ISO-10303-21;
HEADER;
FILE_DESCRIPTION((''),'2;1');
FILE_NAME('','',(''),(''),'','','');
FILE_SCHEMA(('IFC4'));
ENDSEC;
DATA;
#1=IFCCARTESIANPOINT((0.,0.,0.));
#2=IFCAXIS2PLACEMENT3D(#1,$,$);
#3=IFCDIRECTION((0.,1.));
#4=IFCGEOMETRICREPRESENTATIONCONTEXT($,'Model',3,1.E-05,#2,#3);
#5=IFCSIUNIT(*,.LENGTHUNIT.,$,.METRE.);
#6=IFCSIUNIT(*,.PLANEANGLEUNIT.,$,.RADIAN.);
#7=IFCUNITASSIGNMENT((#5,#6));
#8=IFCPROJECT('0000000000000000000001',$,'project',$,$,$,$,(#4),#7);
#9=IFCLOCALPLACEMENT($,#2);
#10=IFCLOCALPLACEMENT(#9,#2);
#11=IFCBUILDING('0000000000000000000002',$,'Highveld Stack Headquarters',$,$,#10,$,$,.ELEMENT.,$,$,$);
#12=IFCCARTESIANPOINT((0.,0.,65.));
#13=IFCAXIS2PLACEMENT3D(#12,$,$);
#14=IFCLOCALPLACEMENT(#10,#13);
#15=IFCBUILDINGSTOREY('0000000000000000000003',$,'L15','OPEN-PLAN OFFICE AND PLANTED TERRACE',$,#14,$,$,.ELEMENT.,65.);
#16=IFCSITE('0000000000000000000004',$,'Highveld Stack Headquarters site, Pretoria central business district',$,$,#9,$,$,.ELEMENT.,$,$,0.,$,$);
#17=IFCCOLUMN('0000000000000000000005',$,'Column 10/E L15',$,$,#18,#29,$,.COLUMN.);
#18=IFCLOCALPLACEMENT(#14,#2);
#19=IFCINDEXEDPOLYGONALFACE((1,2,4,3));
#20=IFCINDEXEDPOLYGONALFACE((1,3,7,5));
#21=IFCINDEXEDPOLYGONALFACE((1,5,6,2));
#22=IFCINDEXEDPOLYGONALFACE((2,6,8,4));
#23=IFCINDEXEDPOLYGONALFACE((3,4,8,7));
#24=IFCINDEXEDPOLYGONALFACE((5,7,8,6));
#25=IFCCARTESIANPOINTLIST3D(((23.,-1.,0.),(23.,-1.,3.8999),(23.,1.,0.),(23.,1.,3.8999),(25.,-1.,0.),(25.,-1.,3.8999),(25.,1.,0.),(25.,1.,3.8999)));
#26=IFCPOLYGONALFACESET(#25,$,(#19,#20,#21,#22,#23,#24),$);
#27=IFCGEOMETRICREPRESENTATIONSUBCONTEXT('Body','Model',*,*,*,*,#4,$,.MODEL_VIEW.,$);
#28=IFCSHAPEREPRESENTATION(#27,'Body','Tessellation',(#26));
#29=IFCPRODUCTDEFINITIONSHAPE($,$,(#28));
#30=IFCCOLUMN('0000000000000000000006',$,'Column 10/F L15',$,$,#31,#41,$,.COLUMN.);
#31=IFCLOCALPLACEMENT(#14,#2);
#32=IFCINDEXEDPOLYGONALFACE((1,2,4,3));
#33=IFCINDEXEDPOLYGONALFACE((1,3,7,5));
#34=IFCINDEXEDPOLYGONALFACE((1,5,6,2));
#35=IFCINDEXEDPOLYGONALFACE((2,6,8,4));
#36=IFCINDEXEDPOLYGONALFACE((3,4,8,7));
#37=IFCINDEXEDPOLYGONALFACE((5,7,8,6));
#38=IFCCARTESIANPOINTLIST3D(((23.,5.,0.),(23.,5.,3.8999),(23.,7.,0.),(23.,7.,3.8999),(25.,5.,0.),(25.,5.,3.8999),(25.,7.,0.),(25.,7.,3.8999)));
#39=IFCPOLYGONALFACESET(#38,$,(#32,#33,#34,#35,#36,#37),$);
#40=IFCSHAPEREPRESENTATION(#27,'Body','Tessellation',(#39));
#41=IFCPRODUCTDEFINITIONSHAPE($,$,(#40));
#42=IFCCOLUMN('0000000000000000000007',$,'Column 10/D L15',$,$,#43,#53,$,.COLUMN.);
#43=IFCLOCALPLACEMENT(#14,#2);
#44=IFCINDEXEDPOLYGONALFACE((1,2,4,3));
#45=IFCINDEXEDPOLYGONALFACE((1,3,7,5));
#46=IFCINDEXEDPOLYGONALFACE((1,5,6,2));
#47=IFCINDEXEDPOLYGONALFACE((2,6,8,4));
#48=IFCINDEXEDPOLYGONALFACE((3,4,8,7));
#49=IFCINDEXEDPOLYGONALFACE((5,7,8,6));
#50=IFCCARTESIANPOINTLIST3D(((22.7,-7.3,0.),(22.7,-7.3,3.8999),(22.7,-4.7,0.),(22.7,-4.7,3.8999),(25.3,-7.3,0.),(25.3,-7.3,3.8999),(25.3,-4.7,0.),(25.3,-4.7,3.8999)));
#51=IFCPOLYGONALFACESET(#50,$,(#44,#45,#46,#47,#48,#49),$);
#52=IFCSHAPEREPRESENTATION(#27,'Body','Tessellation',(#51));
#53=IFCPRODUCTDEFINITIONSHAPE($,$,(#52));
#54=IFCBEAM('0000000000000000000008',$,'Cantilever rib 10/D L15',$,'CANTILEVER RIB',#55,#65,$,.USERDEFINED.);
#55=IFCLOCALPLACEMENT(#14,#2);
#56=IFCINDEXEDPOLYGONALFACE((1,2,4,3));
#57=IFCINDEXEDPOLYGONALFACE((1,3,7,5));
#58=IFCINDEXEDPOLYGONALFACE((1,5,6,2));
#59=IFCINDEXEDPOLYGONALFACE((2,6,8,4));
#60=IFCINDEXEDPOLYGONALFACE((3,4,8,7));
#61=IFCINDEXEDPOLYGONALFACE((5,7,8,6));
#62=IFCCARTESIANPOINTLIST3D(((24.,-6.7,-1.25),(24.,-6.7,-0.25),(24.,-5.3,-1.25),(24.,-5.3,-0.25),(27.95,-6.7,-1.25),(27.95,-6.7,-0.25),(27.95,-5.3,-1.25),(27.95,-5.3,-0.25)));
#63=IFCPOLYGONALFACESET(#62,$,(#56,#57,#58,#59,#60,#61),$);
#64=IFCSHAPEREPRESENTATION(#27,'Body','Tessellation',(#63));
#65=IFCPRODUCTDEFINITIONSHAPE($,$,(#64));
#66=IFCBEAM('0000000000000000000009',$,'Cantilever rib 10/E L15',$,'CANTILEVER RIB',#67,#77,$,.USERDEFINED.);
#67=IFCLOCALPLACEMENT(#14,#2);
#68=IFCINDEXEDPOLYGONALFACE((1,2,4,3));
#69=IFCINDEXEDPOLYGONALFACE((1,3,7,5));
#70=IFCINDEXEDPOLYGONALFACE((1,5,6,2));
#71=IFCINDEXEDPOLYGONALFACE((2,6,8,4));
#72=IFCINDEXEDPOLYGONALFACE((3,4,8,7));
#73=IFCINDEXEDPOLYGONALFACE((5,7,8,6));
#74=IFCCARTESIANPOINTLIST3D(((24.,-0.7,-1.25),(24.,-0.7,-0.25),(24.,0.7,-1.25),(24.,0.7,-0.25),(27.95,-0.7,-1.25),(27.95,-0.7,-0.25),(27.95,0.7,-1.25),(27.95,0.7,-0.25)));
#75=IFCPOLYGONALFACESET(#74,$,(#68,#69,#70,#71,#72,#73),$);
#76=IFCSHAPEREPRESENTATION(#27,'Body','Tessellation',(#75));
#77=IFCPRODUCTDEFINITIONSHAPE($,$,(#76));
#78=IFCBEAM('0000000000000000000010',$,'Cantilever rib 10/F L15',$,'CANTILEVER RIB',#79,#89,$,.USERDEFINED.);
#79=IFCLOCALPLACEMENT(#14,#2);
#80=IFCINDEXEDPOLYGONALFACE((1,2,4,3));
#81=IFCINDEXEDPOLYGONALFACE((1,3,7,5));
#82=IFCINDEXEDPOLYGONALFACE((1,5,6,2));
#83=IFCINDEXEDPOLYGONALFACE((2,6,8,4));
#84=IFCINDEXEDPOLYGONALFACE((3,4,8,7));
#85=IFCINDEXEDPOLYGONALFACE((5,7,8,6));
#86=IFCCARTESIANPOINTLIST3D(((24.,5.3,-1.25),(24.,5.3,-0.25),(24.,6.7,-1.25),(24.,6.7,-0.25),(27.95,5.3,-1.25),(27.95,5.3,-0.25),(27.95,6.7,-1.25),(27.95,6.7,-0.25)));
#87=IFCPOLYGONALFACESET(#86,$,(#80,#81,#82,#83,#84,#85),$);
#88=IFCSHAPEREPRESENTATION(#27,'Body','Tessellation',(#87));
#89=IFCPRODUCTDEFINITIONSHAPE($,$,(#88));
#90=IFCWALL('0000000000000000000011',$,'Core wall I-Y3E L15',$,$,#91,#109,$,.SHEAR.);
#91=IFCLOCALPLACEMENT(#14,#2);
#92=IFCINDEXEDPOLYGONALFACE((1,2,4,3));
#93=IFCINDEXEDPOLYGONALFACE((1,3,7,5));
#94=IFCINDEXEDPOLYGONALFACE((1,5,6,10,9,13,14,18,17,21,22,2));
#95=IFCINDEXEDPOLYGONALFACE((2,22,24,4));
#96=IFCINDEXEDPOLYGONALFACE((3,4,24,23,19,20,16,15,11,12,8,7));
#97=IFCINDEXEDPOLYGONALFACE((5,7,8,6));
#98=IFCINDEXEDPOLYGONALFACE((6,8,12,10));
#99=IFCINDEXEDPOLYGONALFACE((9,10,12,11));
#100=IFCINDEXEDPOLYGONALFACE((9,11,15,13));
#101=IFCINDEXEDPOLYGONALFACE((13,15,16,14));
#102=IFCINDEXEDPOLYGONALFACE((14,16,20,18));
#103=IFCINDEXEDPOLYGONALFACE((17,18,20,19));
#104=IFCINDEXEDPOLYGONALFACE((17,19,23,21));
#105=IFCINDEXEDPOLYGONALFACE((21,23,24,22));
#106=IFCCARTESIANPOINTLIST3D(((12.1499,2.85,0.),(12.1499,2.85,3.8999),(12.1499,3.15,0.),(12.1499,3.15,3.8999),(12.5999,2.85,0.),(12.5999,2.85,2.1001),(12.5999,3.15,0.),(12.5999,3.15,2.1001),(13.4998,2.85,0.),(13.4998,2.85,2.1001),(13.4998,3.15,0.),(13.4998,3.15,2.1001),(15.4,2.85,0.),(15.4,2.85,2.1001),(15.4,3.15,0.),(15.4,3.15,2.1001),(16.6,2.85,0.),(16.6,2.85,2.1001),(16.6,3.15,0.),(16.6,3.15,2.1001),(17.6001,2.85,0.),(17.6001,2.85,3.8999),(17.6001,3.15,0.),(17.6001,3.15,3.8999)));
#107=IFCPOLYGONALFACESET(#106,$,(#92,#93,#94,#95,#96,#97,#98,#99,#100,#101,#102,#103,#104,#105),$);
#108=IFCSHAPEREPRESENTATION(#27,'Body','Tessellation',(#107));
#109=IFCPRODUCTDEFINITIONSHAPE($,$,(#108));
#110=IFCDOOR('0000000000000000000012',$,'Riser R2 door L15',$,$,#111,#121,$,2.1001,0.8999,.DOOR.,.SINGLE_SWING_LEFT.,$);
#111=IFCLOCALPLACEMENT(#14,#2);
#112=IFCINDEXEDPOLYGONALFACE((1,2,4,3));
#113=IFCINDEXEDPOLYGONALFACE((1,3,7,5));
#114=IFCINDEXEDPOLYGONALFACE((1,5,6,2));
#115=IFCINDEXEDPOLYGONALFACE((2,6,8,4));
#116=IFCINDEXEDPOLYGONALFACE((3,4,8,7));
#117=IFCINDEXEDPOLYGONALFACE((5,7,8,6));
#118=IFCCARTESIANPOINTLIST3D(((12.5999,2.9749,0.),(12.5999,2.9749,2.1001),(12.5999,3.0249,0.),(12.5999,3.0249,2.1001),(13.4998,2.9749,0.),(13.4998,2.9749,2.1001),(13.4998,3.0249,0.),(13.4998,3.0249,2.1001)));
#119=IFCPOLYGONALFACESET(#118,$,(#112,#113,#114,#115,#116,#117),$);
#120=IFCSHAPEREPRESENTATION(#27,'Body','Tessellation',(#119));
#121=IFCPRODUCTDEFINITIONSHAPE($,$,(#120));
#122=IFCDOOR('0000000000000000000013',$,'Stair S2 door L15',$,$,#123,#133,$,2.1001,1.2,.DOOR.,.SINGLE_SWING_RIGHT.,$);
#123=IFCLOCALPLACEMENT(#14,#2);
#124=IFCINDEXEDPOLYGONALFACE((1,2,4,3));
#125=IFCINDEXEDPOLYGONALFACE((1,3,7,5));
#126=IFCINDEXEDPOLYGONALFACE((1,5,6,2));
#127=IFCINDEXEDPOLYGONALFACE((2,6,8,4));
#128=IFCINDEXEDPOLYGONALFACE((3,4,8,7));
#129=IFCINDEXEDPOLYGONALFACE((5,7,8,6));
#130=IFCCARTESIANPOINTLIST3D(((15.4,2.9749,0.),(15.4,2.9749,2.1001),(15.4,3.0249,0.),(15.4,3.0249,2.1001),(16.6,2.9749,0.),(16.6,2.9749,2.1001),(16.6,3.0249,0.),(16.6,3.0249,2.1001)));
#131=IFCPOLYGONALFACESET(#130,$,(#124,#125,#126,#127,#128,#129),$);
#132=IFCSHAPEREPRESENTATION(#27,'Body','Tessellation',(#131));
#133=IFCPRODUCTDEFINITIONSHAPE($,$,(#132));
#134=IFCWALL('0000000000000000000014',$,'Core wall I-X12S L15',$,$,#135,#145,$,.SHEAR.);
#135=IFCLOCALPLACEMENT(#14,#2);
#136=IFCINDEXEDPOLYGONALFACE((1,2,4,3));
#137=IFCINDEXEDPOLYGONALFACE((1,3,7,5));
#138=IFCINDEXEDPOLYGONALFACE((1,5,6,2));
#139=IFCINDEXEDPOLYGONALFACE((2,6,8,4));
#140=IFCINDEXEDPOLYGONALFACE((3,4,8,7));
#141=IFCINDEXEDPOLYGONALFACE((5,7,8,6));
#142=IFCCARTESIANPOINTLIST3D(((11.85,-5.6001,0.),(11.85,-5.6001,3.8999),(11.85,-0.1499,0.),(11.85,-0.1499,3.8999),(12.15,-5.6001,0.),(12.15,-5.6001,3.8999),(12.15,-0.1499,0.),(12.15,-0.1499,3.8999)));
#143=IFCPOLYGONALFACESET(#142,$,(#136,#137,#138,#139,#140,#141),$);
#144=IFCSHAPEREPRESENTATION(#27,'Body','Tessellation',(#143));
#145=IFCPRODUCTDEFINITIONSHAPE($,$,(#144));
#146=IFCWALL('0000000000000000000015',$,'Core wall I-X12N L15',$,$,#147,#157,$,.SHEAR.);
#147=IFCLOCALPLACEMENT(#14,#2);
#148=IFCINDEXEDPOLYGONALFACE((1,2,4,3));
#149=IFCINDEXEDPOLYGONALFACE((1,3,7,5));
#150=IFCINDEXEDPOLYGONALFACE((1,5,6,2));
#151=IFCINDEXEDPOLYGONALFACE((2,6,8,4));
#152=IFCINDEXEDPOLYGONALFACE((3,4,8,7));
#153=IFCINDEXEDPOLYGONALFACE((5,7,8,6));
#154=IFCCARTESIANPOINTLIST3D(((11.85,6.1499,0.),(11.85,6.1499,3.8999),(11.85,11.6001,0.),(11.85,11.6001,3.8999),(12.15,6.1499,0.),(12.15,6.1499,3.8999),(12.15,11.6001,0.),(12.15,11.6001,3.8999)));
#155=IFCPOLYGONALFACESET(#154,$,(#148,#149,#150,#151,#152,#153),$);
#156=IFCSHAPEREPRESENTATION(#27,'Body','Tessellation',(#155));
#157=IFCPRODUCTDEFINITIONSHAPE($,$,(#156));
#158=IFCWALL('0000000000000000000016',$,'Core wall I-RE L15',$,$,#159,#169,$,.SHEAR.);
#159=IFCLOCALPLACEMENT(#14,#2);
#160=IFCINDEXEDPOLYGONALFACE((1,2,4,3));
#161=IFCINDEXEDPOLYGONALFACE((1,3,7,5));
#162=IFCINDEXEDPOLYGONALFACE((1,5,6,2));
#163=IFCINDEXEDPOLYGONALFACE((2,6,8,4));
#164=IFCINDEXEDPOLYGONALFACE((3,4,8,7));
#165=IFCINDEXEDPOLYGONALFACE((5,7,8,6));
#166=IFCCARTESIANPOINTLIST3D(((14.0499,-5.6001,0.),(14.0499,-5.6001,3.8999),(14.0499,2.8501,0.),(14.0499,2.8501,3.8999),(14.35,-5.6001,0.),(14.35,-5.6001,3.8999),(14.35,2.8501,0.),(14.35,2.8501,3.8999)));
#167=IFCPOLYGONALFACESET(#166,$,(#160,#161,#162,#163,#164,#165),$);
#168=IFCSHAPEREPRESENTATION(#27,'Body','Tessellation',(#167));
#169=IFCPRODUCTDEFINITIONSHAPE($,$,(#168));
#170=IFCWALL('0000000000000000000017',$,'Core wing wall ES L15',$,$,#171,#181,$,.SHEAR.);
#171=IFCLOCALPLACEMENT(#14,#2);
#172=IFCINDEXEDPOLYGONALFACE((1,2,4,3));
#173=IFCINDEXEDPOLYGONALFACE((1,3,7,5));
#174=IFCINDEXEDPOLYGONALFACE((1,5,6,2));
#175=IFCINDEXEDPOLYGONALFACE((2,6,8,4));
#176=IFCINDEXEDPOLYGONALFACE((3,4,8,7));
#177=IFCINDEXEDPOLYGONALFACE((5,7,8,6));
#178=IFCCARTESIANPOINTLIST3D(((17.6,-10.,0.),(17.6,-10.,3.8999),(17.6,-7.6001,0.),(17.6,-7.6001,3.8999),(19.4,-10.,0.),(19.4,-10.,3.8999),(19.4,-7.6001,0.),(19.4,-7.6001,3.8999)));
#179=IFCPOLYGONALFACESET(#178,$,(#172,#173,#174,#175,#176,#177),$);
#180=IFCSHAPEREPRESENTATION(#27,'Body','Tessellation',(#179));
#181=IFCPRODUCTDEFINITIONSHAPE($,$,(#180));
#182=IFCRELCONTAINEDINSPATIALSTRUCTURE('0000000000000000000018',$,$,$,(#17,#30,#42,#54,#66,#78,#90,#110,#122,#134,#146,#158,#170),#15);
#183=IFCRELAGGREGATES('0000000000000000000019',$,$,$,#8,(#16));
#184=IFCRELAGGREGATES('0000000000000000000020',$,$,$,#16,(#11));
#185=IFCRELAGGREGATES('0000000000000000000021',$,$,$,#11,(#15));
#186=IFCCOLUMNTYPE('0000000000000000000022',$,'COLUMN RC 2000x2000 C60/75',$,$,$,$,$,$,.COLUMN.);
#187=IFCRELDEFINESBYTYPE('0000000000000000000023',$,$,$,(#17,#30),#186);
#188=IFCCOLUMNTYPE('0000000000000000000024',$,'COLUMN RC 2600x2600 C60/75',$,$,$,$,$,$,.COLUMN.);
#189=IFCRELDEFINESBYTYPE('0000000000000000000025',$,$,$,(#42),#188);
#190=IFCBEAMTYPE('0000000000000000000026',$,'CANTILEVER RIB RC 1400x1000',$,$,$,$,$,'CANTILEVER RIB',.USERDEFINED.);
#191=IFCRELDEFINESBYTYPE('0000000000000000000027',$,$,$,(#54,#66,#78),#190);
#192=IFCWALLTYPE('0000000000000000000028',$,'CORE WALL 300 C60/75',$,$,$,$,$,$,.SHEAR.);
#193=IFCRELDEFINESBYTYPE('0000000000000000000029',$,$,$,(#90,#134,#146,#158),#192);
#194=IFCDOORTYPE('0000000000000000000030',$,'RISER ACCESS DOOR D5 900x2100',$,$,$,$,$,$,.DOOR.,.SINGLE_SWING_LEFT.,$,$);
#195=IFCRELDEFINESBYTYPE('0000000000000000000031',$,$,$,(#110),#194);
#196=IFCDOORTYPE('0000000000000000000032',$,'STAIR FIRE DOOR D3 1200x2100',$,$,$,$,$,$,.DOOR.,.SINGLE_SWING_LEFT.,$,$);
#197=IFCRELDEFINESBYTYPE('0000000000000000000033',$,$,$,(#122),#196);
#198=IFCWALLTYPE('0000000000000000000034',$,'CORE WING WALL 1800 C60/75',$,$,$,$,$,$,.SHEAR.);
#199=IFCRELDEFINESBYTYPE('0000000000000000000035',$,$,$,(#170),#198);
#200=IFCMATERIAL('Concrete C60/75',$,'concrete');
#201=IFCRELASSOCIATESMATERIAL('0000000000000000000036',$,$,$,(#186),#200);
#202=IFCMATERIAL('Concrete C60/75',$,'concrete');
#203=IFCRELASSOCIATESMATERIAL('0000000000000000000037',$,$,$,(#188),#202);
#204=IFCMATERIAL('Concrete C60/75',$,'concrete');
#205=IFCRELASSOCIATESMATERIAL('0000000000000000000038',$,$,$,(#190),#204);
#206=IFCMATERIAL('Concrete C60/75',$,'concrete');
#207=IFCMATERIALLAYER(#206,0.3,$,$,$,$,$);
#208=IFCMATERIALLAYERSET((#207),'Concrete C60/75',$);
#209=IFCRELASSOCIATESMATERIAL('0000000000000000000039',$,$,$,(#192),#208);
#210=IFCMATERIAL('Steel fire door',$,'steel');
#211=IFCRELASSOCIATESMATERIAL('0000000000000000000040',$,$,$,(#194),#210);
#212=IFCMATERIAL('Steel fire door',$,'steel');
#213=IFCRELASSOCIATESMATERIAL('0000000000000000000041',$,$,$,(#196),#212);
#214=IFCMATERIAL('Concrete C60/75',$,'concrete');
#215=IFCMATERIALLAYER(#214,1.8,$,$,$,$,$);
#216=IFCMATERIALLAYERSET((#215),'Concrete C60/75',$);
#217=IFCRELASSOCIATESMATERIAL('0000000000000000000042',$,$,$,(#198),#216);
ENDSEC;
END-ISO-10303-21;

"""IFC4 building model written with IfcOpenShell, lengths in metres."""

from ifc_helpers import new_model, si_unit, direction, frame, frame_2d, origin, origin_2d, place, context, subcontext, project, spatial, rectangle, extrude, material, layer, layer_set, material_profile, profile_set, type_object, element, fill, save


model = new_model("IFC4")

# Units and contexts
model_context = context("Model", 3, precision=1e-05, world=origin(), true_north=direction((0.0, 1.0)))
body_context = subcontext(model_context, "Body", "Model", "MODEL_VIEW")
ifc_project = project(units=[si_unit("LENGTHUNIT", "METRE"), si_unit("PLANEANGLEUNIT", "RADIAN")], contexts=[model_context])

# Site, building, storey
site_placement = place(None, origin())
site = spatial("IfcSite", under=ifc_project, at=site_placement, Name="Highveld Stack Headquarters site, Pretoria central business district", CompositionType="ELEMENT", RefElevation=0.0)
building_placement = place(site_placement, origin())
building = spatial("IfcBuilding", under=site, at=building_placement, Name="Highveld Stack Headquarters", CompositionType="ELEMENT")
storey_placement = place(building_placement, frame((0.0, 0.0, 65.0)))
storey = spatial("IfcBuildingStorey", under=building, at=storey_placement, Name="L15", Description="OPEN-PLAN OFFICE AND PLANTED TERRACE", CompositionType="ELEMENT", Elevation=65.0)

# Columns
ifc_material_1 = material(Name="Concrete C60/75", Category="concrete")
ifc_material_profile_1 = material_profile(ifc_material_1, rectangle(XDim=2.0, YDim=2.0, at=origin_2d()), Name="RC 2000x2000")
ifc_profile_set_1 = profile_set([ifc_material_profile_1], Name="Concrete C60/75")
column_type_1 = type_object("IfcColumnType", Name="COLUMN RC 2000x2000 C60/75", PredefinedType="COLUMN", material=ifc_profile_set_1)
for number, where, z_axis, x_axis, name in (
    (1, (24.0, 0.0, 0.0), (0.0, 0.0, 1.0), (1.0, 0.0, 0.0), "Column 10/E L15"),
    (2, (24.0, 6.0, 0.0), (0.0, 0.0, 1.0), (1.0, 0.0, 0.0), "Column 10/F L15"),
):
    element("IfcColumn", number, at=place(storey_placement, frame(where, z_axis=z_axis, x_axis=x_axis)), inside=storey, type_object=column_type_1, Name=name, PredefinedType="COLUMN", context=body_context, shape_type="SweptSolid", body=[
        extrude(rectangle(XDim=2.0, YDim=2.0, at=origin_2d()), origin(), (0.0, 0.0, 1.0), 3.8999),
    ])
ifc_material_2 = material(Name="Concrete C60/75", Category="concrete")
ifc_material_profile_2 = material_profile(ifc_material_2, rectangle(XDim=2.6001, YDim=2.6001, at=origin_2d()), Name="RC 2600x2600")
ifc_profile_set_2 = profile_set([ifc_material_profile_2], Name="Concrete C60/75")
column_type_2 = type_object("IfcColumnType", Name="COLUMN RC 2600x2600 C60/75", PredefinedType="COLUMN", material=ifc_profile_set_2)
column_placement = place(storey_placement, frame((24.0, -6.0, 0.0), z_axis=(0.0, 0.0, 1.0), x_axis=(1.0, 0.0, 0.0)))
element("IfcColumn", 3, at=column_placement, inside=storey, type_object=column_type_2, Name="Column 10/D L15", PredefinedType="COLUMN", context=body_context, shape_type="SweptSolid", body=[
    extrude(rectangle(XDim=2.6001, YDim=2.6001, at=origin_2d()), origin(), (0.0, 0.0, 1.0), 3.8999),
])

# Beams
ifc_material_3 = material(Name="Concrete C60/75", Category="concrete")
ifc_material_profile_3 = material_profile(ifc_material_3, rectangle(XDim=1.3999, YDim=1.0, at=origin_2d()), Name="RC 1400x1000")
ifc_profile_set_3 = profile_set([ifc_material_profile_3], Name="Concrete C60/75")
beam_type = type_object("IfcBeamType", Name="CANTILEVER RIB RC 1400x1000", ElementType="CANTILEVER RIB", PredefinedType="USERDEFINED", material=ifc_profile_set_3)
for number, where, z_axis, x_axis, name in (
    (4, (24.0, -6.0, -0.75), (1.0, 0.0, 0.0), (0.0, 1.0, 0.0), "Cantilever rib 10/D L15"),
    (5, (24.0, 0.0, -0.75), (1.0, 0.0, 0.0), (0.0, 1.0, 0.0), "Cantilever rib 10/E L15"),
    (6, (24.0, 6.0, -0.75), (1.0, 0.0, 0.0), (0.0, 1.0, 0.0), "Cantilever rib 10/F L15"),
):
    element("IfcBeam", number, at=place(storey_placement, frame(where, z_axis=z_axis, x_axis=x_axis)), inside=storey, type_object=beam_type, Name=name, ObjectType="CANTILEVER RIB", PredefinedType="USERDEFINED", context=body_context, shape_type="SweptSolid", body=[
        extrude(rectangle(XDim=1.3999, YDim=1.0, at=origin_2d()), origin(), (0.0, 0.0, 1.0), 3.95),
    ])

# Wall, openings, doors
ifc_material_4 = material(Name="Concrete C60/75", Category="concrete")
ifc_layer_1 = layer(ifc_material_4, 0.3)
ifc_layer_set_1 = layer_set([ifc_layer_1], Name="Concrete C60/75")
wall_type_1 = type_object("IfcWallType", Name="CORE WALL 300 C60/75", PredefinedType="SHEAR", material=ifc_layer_set_1)
wall_1_placement = place(storey_placement, frame((12.1499, 3.0, 0.0), z_axis=(0.0, 0.0, 1.0), x_axis=(1.0, 0.0, 0.0)))
wall_1 = element("IfcWall", 7, at=wall_1_placement, inside=storey, type_object=wall_type_1, Name="Core wall I-Y3E L15", PredefinedType="SHEAR", context=body_context, shape_type="SweptSolid", body=[
    extrude(rectangle(XDim=5.4502, YDim=0.3, at=frame_2d((2.7251, 0.0))), origin(), (0.0, 0.0, 1.0), 3.8999),
])
opening_1_placement = place(wall_1_placement, frame((3.25, 0.0, 0.0)))
opening_1 = element("IfcOpeningElement", 8, at=opening_1_placement, cuts=wall_1, PredefinedType="OPENING", context=body_context, shape_type="SweptSolid", body=[
    extrude(rectangle(XDim=1.2, YDim=2.1001, at=frame_2d((0.6001, 1.05))), frame((0.0, 0.1599, 0.0), z_axis=(0.0, -1.0, 0.0), x_axis=(1.0, 0.0, 0.0)), (0.0, 0.0, 1.0), 0.3201),
])
opening_2_placement = place(wall_1_placement, frame((0.45, 0.0, 0.0)))
opening_2 = element("IfcOpeningElement", 9, at=opening_2_placement, cuts=wall_1, PredefinedType="OPENING", context=body_context, shape_type="SweptSolid", body=[
    extrude(rectangle(XDim=0.8999, YDim=2.1001, at=frame_2d((0.45, 1.05))), frame((0.0, 0.1599, 0.0), z_axis=(0.0, -1.0, 0.0), x_axis=(1.0, 0.0, 0.0)), (0.0, 0.0, 1.0), 0.3201),
])
ifc_material_5 = material(Name="Steel fire door", Category="steel")
door_type_1 = type_object("IfcDoorType", Name="RISER ACCESS DOOR D5 900x2100", OperationType="SINGLE_SWING_LEFT", PredefinedType="DOOR", material=ifc_material_5)
door_1_placement = place(opening_2_placement, origin())
door_1 = element("IfcDoor", 10, at=door_1_placement, inside=storey, type_object=door_type_1, Name="Riser R2 door L15", OperationType="SINGLE_SWING_LEFT", OverallHeight=2.1001, OverallWidth=0.8999, PredefinedType="DOOR", context=body_context, shape_type="SweptSolid", body=[
    extrude(rectangle(XDim=0.8999, YDim=2.1001, at=frame_2d((0.45, 1.05))), frame((0.0, 0.0249, 0.0), z_axis=(0.0, -1.0, 0.0), x_axis=(1.0, 0.0, 0.0)), (0.0, 0.0, 1.0), 0.05),
])
fill(opening_2, door_1)
ifc_material_6 = material(Name="Steel fire door", Category="steel")
door_type_2 = type_object("IfcDoorType", Name="STAIR FIRE DOOR D3 1200x2100", OperationType="SINGLE_SWING_LEFT", PredefinedType="DOOR", material=ifc_material_6)
door_2_placement = place(opening_1_placement, origin())
door_2 = element("IfcDoor", 11, at=door_2_placement, inside=storey, type_object=door_type_2, Name="Stair S2 door L15", OperationType="SINGLE_SWING_RIGHT", OverallHeight=2.1001, OverallWidth=1.2, PredefinedType="DOOR", context=body_context, shape_type="SweptSolid", body=[
    extrude(rectangle(XDim=1.2, YDim=2.1001, at=frame_2d((0.6001, 1.05))), frame((0.0, 0.0249, 0.0), z_axis=(0.0, -1.0, 0.0), x_axis=(1.0, 0.0, 0.0)), (0.0, 0.0, 1.0), 0.05),
])
fill(opening_1, door_2)

# Walls
for number, where, z_axis, x_axis, name in (
    (12, (12.0, -5.6001, 0.0), (0.0, 0.0, 1.0), (0.0, 1.0, 0.0), "Core wall I-X12S L15"),
    (13, (12.0, 6.1499, 0.0), (0.0, 0.0, 1.0), (0.0, 1.0, 0.0), "Core wall I-X12N L15"),
):
    element("IfcWall", number, at=place(storey_placement, frame(where, z_axis=z_axis, x_axis=x_axis)), inside=storey, type_object=wall_type_1, Name=name, PredefinedType="SHEAR", context=body_context, shape_type="SweptSolid", body=[
        extrude(rectangle(XDim=5.4502, YDim=0.3, at=frame_2d((2.7251, 0.0))), origin(), (0.0, 0.0, 1.0), 3.8999),
    ])
wall_2_placement = place(storey_placement, frame((14.2, -5.6001, 0.0), z_axis=(0.0, 0.0, 1.0), x_axis=(0.0, 1.0, 0.0)))
element("IfcWall", 14, at=wall_2_placement, inside=storey, type_object=wall_type_1, Name="Core wall I-RE L15", PredefinedType="SHEAR", context=body_context, shape_type="SweptSolid", body=[
    extrude(rectangle(XDim=8.4502, YDim=0.3, at=frame_2d((4.2251, 0.0))), origin(), (0.0, 0.0, 1.0), 3.8999),
])
ifc_material_7 = material(Name="Concrete C60/75", Category="concrete")
ifc_layer_2 = layer(ifc_material_7, 1.8)
ifc_layer_set_2 = layer_set([ifc_layer_2], Name="Concrete C60/75")
wall_type_2 = type_object("IfcWallType", Name="CORE WING WALL 1800 C60/75", PredefinedType="SHEAR", material=ifc_layer_set_2)
wall_3_placement = place(storey_placement, frame((18.5, -10.0, 0.0), z_axis=(0.0, 0.0, 1.0), x_axis=(0.0, 1.0, 0.0)))
element("IfcWall", 15, at=wall_3_placement, inside=storey, type_object=wall_type_2, Name="Core wing wall ES L15", PredefinedType="SHEAR", context=body_context, shape_type="SweptSolid", body=[
    extrude(rectangle(XDim=2.3999, YDim=1.8, at=frame_2d((1.2, 0.0))), origin(), (0.0, 0.0, 1.0), 3.8999),
])

save(model, "model.ifc")
